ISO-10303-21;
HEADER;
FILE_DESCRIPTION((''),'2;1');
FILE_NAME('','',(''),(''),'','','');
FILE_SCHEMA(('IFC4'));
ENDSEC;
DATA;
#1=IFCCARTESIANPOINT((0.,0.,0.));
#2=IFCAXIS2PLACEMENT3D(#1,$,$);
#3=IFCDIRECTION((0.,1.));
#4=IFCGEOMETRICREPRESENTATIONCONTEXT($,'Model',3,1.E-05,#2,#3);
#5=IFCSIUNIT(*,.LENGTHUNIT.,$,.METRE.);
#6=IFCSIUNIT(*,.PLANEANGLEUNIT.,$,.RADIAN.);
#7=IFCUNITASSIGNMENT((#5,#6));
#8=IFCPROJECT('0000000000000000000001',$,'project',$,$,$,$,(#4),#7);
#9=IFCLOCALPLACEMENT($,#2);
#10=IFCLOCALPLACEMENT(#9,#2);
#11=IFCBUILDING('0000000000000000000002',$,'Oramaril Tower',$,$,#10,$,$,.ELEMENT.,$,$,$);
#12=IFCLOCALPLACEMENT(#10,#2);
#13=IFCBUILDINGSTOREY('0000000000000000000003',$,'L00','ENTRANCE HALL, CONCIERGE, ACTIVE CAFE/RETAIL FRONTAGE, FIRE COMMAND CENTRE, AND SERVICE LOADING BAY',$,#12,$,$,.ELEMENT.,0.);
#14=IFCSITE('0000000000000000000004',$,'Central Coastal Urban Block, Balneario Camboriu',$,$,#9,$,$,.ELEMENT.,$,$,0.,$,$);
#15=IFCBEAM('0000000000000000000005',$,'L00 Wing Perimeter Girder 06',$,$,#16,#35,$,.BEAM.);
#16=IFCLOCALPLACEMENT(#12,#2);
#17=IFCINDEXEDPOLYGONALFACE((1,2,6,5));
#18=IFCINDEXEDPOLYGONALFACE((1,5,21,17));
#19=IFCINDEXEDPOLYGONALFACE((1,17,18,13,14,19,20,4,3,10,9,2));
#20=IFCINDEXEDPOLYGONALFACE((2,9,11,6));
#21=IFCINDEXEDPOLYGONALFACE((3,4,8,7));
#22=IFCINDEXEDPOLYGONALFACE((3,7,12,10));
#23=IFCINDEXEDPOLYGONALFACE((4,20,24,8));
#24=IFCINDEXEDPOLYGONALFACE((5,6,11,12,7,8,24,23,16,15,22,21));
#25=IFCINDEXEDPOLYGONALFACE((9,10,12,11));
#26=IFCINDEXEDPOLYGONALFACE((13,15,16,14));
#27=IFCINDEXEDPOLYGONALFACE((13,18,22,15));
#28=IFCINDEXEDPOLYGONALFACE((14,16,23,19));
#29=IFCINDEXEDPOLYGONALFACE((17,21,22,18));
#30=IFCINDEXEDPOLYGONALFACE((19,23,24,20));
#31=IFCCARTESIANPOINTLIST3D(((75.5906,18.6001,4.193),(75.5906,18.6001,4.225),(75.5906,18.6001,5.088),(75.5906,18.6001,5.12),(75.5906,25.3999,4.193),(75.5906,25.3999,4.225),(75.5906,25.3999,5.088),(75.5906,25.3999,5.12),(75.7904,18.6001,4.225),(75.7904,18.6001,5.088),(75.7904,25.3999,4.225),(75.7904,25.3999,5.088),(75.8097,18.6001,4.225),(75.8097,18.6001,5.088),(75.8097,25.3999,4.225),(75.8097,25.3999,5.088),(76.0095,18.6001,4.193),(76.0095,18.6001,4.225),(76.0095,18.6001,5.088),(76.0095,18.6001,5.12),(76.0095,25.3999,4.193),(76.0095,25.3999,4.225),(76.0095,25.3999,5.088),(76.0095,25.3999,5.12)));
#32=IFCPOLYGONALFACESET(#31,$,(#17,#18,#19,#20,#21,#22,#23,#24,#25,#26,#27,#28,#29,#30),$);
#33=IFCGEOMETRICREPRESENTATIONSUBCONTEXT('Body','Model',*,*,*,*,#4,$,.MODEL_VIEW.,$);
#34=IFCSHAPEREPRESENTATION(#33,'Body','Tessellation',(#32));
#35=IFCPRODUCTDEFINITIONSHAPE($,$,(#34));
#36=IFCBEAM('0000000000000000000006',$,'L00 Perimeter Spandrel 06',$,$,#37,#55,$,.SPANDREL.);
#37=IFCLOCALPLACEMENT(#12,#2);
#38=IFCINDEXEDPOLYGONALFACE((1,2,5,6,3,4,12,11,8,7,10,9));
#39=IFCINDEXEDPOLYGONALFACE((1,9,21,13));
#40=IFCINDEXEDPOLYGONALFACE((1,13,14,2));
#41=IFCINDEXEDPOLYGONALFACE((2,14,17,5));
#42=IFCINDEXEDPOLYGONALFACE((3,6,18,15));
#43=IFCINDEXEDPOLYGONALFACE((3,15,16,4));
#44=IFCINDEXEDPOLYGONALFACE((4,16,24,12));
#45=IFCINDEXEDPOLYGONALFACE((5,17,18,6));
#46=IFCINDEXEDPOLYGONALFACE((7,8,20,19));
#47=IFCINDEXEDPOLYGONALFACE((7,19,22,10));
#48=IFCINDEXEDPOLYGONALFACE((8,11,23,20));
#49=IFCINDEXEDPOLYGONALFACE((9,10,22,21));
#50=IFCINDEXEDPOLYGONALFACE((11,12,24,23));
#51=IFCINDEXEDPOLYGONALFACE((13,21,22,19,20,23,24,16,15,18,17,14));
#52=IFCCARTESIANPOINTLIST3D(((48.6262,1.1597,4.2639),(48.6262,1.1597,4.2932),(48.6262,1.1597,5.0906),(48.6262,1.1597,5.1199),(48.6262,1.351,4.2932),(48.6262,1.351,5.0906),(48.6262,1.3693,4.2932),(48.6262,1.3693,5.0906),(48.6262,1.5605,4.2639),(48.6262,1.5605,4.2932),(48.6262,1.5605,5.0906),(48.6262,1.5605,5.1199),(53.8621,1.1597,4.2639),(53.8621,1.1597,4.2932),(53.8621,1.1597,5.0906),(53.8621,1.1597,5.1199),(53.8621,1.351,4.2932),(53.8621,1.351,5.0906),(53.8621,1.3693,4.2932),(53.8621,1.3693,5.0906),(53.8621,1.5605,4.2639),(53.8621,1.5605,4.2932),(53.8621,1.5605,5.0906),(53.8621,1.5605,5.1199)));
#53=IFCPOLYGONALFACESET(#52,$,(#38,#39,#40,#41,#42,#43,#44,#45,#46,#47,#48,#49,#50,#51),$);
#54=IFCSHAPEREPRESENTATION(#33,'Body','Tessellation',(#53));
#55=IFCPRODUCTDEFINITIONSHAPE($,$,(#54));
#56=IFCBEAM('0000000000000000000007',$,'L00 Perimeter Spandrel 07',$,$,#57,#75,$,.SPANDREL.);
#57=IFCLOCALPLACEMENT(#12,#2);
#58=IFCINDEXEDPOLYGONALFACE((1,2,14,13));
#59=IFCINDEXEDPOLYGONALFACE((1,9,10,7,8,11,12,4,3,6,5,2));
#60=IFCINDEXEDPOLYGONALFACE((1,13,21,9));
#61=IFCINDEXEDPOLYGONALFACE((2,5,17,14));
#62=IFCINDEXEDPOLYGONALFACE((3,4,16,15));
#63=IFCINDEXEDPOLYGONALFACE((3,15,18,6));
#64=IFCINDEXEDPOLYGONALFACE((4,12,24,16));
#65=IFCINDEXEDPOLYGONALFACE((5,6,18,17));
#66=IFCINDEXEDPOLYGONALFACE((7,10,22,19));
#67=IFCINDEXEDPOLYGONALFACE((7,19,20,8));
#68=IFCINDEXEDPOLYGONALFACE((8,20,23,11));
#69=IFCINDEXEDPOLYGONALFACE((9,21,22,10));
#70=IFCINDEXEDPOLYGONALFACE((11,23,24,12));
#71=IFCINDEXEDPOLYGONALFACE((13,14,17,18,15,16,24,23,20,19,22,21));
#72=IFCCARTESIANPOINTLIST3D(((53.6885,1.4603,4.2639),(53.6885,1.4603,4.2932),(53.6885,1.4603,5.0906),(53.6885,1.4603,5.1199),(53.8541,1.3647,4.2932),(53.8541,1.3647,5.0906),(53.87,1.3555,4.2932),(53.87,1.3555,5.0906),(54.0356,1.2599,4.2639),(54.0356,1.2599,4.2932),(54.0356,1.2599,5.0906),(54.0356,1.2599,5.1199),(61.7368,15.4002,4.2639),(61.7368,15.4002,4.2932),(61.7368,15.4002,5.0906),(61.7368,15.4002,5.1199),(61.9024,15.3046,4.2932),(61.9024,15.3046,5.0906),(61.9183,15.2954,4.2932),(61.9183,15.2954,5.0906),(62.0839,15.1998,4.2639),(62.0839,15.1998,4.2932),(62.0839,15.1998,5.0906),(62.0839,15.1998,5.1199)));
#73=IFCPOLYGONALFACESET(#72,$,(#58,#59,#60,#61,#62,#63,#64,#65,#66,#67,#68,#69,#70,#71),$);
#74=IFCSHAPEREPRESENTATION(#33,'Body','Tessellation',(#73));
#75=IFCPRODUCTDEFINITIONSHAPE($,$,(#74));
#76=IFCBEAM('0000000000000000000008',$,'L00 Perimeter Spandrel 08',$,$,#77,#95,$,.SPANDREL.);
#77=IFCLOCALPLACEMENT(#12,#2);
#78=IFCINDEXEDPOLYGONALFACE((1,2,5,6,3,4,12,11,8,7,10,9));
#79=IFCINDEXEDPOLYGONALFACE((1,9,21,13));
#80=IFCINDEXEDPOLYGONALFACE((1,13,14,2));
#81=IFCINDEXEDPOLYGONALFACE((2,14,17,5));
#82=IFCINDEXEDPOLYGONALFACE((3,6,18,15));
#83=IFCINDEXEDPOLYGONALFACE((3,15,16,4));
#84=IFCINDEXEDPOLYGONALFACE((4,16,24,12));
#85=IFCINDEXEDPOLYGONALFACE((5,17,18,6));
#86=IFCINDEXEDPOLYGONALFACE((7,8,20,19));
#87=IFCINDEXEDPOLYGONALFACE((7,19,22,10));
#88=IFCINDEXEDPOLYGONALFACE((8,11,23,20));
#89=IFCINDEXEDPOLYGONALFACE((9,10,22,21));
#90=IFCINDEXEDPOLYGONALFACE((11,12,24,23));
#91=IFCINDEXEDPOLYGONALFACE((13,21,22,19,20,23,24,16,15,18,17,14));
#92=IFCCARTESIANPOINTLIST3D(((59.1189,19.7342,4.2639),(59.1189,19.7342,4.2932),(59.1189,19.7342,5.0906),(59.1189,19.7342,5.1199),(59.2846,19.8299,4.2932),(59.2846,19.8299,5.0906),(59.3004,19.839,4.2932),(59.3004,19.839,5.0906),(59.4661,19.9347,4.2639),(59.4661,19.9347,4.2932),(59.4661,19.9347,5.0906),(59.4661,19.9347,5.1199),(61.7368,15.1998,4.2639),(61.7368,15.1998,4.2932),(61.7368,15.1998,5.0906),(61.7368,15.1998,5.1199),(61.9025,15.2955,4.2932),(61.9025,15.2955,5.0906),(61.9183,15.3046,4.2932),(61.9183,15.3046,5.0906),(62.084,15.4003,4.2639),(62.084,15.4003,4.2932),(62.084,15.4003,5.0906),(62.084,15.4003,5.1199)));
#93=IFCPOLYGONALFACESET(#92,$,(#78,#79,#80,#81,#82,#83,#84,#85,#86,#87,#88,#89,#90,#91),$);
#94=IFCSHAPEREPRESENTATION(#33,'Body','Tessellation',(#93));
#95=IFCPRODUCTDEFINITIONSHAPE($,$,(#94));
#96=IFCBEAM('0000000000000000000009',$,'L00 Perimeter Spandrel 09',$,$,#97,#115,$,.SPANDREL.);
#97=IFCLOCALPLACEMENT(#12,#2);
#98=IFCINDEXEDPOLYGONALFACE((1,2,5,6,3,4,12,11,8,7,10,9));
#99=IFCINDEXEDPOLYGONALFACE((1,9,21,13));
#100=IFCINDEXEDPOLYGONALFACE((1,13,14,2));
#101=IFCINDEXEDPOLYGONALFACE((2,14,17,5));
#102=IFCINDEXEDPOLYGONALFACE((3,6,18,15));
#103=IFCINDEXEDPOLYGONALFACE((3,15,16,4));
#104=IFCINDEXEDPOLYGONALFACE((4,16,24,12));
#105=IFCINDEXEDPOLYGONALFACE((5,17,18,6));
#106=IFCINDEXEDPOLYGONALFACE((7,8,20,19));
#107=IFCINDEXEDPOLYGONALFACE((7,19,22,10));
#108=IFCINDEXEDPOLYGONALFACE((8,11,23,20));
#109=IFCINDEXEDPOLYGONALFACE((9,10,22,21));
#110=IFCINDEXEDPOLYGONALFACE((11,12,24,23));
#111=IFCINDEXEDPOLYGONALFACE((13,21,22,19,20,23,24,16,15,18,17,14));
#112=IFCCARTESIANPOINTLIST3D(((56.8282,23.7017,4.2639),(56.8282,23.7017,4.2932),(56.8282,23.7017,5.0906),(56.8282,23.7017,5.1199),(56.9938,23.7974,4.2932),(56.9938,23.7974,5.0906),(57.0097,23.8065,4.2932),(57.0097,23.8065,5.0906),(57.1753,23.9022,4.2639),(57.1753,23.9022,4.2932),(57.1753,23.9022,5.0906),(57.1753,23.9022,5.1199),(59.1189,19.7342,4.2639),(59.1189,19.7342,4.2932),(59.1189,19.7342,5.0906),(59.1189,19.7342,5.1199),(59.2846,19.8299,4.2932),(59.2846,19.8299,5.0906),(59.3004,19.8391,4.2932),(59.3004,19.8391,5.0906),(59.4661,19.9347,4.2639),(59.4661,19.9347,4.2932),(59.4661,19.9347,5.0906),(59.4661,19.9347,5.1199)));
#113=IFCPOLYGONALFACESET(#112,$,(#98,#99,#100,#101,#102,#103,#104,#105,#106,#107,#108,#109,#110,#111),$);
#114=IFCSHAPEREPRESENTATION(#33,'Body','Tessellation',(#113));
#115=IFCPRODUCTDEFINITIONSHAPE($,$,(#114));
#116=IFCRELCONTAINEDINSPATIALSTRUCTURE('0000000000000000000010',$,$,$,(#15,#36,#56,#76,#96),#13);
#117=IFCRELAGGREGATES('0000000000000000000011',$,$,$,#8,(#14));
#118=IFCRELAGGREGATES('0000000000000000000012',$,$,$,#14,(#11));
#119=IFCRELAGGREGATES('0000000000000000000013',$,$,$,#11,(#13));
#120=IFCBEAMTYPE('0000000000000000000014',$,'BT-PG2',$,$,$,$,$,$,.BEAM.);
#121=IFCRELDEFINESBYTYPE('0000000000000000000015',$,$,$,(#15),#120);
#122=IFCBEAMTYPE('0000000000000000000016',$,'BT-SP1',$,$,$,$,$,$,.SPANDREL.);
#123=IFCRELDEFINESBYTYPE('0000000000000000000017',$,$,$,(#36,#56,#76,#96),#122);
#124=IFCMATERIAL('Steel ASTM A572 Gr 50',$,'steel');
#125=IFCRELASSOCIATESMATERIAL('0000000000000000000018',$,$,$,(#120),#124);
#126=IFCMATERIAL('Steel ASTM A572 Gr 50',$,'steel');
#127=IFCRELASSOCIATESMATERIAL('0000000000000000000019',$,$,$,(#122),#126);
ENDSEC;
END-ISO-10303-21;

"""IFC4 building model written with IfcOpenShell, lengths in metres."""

from ifc_helpers import new_model, si_unit, direction, frame, origin, origin_2d, place, context, subcontext, project, spatial, i_section, extrude, material, material_profile, profile_set, type_object, element, save


model = new_model("IFC4")

# Units and contexts
model_context = context("Model", 3, precision=1e-05, world=origin(), true_north=direction((0.0, 1.0)))
body_context = subcontext(model_context, "Body", "Model", "MODEL_VIEW")
ifc_project = project(units=[si_unit("LENGTHUNIT", "METRE"), si_unit("PLANEANGLEUNIT", "RADIAN")], contexts=[model_context])

# Site, building, storey
site_placement = place(None, origin())
site = spatial("IfcSite", under=ifc_project, at=site_placement, Name="Central Coastal Urban Block, Balneario Camboriu", CompositionType="ELEMENT", RefElevation=0.0)
building_placement = place(site_placement, origin())
building = spatial("IfcBuilding", under=site, at=building_placement, Name="Oramaril Tower", CompositionType="ELEMENT")
storey_placement = place(building_placement, origin())
storey = spatial("IfcBuildingStorey", under=building, at=storey_placement, Name="L00", Description="ENTRANCE HALL, CONCIERGE, ACTIVE CAFE/RETAIL FRONTAGE, FIRE COMMAND CENTRE, AND SERVICE LOADING BAY", CompositionType="ELEMENT", Elevation=0.0)

# Beams
ifc_material_1 = material(Name="Steel ASTM A572 Gr 50", Category="steel")
ifc_material_profile_1 = material_profile(ifc_material_1, i_section(OverallWidth=0.4189, OverallDepth=0.927, WebThickness=0.0193, FlangeThickness=0.032, at=origin_2d()), Name="W36X231")
ifc_profile_set_1 = profile_set([ifc_material_profile_1], Name="Steel ASTM A572 Gr 50")
beam_type_1 = type_object("IfcBeamType", Name="BT-PG2", PredefinedType="BEAM", material=ifc_profile_set_1)
beam_1_placement = place(storey_placement, frame((75.8, 18.6001, 4.6565), z_axis=(0.0, 1.0, 0.0), x_axis=(-1.0, 0.0, 0.0)))
element("IfcBeam", 1, at=beam_1_placement, inside=storey, type_object=beam_type_1, Name="L00 Wing Perimeter Girder 06", PredefinedType="BEAM", context=body_context, shape_type="SweptSolid", body=[
    extrude(i_section(OverallWidth=0.4189, OverallDepth=0.927, WebThickness=0.0193, FlangeThickness=0.032, at=origin_2d()), origin(), (0.0, 0.0, 1.0), 6.7998),
])
ifc_material_2 = material(Name="Steel ASTM A572 Gr 50", Category="steel")
ifc_material_profile_2 = material_profile(ifc_material_2, i_section(OverallWidth=0.4009, OverallDepth=0.856, WebThickness=0.0183, FlangeThickness=0.0293, at=origin_2d()), Name="W33X201")
ifc_profile_set_2 = profile_set([ifc_material_profile_2], Name="Steel ASTM A572 Gr 50")
beam_type_2 = type_object("IfcBeamType", Name="BT-SP1", PredefinedType="SPANDREL", material=ifc_profile_set_2)
beam_2_placement = place(storey_placement, frame((48.6262, 1.3601, 4.6919), z_axis=(1.0, 0.0, 0.0), x_axis=(0.0, 1.0, 0.0)))
element("IfcBeam", 2, at=beam_2_placement, inside=storey, type_object=beam_type_2, Name="L00 Perimeter Spandrel 06", PredefinedType="SPANDREL", context=body_context, shape_type="SweptSolid", body=[
    extrude(i_section(OverallWidth=0.4009, OverallDepth=0.856, WebThickness=0.0183, FlangeThickness=0.0293, at=origin_2d()), origin(), (0.0, 0.0, 1.0), 5.2358),
])
beam_3_placement = place(storey_placement, frame((53.8621, 1.3601, 4.6919), z_axis=(0.500005, 0.866022, 0.0), x_axis=(-0.866022, 0.500005, 0.0)))
element("IfcBeam", 3, at=beam_3_placement, inside=storey, type_object=beam_type_2, Name="L00 Perimeter Spandrel 07", PredefinedType="SPANDREL", context=body_context, shape_type="SweptSolid", body=[
    extrude(i_section(OverallWidth=0.4009, OverallDepth=0.856, WebThickness=0.0183, FlangeThickness=0.0293, at=origin_2d()), origin(), (0.0, 0.0, 1.0), 16.0964),
])
beam_4_placement = place(storey_placement, frame((61.9104, 15.3, 4.6919), z_axis=(-0.499996, 0.866028, 0.0), x_axis=(-0.866028, -0.499996, 0.0)))
element("IfcBeam", 4, at=beam_4_placement, inside=storey, type_object=beam_type_2, Name="L00 Perimeter Spandrel 08", PredefinedType="SPANDREL", context=body_context, shape_type="SweptSolid", body=[
    extrude(i_section(OverallWidth=0.4009, OverallDepth=0.856, WebThickness=0.0183, FlangeThickness=0.0293, at=origin_2d()), origin(), (0.0, 0.0, 1.0), 5.2358),
])
beam_5_placement = place(storey_placement, frame((59.2925, 19.8345, 4.6919), z_axis=(-0.500019, 0.866014, 0.0), x_axis=(-0.866014, -0.500019, 0.0)))
element("IfcBeam", 5, at=beam_5_placement, inside=storey, type_object=beam_type_2, Name="L00 Perimeter Spandrel 09", PredefinedType="SPANDREL", context=body_context, shape_type="SweptSolid", body=[
    extrude(i_section(OverallWidth=0.4009, OverallDepth=0.856, WebThickness=0.0183, FlangeThickness=0.0293, at=origin_2d()), origin(), (0.0, 0.0, 1.0), 4.5813),
])

save(model, "model.ifc")
